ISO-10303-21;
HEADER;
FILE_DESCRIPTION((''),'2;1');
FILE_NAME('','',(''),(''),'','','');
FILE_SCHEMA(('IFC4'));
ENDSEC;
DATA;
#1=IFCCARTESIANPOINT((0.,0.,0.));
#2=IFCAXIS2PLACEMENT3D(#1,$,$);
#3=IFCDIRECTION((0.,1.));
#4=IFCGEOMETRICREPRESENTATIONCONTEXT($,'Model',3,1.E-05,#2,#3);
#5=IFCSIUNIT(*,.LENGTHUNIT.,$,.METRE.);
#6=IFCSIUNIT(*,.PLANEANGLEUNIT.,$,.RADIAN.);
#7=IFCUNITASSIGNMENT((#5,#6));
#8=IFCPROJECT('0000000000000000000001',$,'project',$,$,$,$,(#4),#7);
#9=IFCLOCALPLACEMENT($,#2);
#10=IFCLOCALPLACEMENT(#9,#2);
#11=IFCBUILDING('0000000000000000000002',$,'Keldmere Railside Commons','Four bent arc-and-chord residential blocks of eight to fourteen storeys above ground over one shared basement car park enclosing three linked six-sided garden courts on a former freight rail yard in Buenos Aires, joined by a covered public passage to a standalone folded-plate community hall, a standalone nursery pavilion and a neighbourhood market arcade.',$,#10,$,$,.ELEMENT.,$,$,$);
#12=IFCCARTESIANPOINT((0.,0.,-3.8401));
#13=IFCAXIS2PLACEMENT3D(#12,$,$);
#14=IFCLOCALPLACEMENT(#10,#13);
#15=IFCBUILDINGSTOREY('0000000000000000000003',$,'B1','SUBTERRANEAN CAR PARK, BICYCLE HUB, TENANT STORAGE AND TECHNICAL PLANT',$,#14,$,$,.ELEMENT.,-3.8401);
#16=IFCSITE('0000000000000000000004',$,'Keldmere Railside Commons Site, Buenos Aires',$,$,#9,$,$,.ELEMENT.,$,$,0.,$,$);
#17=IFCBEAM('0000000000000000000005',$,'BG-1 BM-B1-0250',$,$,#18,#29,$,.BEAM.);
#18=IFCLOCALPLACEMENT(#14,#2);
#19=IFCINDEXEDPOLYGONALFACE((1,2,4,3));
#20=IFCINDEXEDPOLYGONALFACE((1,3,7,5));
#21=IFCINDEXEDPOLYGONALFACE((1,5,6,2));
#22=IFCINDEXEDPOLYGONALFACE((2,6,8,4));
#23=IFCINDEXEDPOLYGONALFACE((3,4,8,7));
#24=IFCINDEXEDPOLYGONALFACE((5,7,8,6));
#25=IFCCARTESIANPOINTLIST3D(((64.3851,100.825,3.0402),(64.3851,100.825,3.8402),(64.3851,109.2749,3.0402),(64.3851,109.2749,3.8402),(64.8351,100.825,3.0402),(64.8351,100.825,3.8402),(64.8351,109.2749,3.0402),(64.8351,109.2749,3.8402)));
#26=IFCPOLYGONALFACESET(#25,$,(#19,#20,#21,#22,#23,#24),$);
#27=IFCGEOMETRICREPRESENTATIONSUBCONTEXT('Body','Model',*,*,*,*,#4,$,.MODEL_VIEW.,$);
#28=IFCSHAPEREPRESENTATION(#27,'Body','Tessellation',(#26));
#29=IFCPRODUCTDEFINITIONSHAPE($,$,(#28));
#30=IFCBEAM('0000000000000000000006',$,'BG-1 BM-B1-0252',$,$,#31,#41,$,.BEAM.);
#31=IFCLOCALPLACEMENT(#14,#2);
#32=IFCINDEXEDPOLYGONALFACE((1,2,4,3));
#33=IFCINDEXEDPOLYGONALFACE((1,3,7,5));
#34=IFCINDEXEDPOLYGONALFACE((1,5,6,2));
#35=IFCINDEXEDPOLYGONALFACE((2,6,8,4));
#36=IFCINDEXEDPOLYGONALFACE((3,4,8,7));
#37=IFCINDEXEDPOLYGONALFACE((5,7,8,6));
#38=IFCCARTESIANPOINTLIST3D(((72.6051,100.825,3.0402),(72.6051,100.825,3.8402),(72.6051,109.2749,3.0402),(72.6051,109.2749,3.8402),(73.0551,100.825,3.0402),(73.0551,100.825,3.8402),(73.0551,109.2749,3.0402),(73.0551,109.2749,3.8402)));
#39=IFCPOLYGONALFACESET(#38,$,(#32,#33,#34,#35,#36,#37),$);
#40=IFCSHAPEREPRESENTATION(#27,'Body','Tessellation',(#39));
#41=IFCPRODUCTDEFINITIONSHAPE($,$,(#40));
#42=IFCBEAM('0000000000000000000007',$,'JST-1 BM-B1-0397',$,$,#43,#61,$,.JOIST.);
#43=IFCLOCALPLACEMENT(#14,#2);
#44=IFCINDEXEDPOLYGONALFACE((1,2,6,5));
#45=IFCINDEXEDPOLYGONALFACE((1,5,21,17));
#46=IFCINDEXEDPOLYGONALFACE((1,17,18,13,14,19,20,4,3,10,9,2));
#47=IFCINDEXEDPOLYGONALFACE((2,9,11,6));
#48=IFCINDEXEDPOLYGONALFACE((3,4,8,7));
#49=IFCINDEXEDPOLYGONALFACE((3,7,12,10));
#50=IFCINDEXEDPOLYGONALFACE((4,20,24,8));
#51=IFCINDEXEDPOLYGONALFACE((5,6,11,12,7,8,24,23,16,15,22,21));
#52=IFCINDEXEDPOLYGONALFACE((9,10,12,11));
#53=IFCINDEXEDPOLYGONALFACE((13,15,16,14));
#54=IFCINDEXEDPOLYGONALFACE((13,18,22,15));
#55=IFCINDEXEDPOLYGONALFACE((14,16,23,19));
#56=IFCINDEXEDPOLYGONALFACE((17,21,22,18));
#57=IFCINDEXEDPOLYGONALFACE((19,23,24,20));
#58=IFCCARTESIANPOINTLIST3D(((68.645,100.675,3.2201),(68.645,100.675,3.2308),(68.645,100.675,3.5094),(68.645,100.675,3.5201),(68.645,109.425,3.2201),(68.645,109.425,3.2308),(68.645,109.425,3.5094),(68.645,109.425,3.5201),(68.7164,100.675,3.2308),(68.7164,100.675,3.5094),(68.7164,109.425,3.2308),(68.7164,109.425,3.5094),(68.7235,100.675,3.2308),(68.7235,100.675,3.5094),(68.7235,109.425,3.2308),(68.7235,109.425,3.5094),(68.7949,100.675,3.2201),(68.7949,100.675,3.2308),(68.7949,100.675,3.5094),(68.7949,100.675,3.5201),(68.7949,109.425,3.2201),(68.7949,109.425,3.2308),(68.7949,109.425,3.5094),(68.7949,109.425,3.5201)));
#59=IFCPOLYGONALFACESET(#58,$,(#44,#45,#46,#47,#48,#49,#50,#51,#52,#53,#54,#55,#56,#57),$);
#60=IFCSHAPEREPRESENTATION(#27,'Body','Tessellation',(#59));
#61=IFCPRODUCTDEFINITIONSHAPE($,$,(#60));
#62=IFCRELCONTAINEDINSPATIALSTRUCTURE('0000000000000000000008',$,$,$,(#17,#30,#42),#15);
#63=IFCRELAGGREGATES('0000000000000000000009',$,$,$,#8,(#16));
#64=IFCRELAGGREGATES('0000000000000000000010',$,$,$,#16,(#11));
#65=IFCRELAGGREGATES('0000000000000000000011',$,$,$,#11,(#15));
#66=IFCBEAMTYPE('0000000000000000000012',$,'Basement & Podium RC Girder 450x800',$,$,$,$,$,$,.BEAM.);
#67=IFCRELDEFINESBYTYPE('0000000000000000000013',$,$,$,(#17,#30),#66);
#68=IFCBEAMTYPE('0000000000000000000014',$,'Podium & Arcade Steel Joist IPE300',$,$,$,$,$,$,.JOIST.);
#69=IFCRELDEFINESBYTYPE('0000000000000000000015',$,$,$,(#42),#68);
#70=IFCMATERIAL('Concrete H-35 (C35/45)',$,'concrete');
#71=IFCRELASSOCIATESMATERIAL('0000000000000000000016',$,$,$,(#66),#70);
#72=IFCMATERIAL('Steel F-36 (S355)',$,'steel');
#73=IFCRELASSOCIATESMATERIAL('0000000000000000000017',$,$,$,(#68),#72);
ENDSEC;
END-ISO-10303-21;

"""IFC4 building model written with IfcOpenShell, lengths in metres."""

from ifc_helpers import new_model, si_unit, direction, frame, origin, origin_2d, place, context, subcontext, project, spatial, rectangle, i_section, extrude, material, material_profile, profile_set, type_object, element, save


model = new_model("IFC4")

# Units and contexts
model_context = context("Model", 3, precision=1e-05, world=origin(), true_north=direction((0.0, 1.0)))
body_context = subcontext(model_context, "Body", "Model", "MODEL_VIEW")
ifc_project = project(units=[si_unit("LENGTHUNIT", "METRE"), si_unit("PLANEANGLEUNIT", "RADIAN")], contexts=[model_context])

# Site, building, storey
site_placement = place(None, origin())
site = spatial("IfcSite", under=ifc_project, at=site_placement, Name="Keldmere Railside Commons Site, Buenos Aires", CompositionType="ELEMENT", RefElevation=0.0)
building_placement = place(site_placement, origin())
building = spatial("IfcBuilding", under=site, at=building_placement, Name="Keldmere Railside Commons", Description="Four bent arc-and-chord residential blocks of eight to fourteen storeys above ground over one shared basement car park enclosing three linked six-sided garden courts on a former freight rail yard in Buenos Aires, joined by a covered public passage to a standalone folded-plate community hall, a standalone nursery pavilion and a neighbourhood market arcade.", CompositionType="ELEMENT")
storey_placement = place(building_placement, frame((0.0, 0.0, -3.8401)))
storey = spatial("IfcBuildingStorey", under=building, at=storey_placement, Name="B1", Description="SUBTERRANEAN CAR PARK, BICYCLE HUB, TENANT STORAGE AND TECHNICAL PLANT", CompositionType="ELEMENT", Elevation=-3.8401)

# Beams
ifc_material_1 = material(Name="Concrete H-35 (C35/45)", Category="concrete")
ifc_material_profile_1 = material_profile(ifc_material_1, rectangle(XDim=0.45, YDim=0.8, at=origin_2d()), Name="RC-450x800")
ifc_profile_set_1 = profile_set([ifc_material_profile_1], Name="Concrete H-35 (C35/45)")
beam_type_1 = type_object("IfcBeamType", Name="Basement & Podium RC Girder 450x800", PredefinedType="BEAM", material=ifc_profile_set_1)
for number, where, z_axis, x_axis, name in (
    (1, (64.6101, 100.825, 3.4402), (0.0, 1.0, 0.0), (-1.0, 0.0, 0.0), "BG-1 BM-B1-0250"),
    (2, (72.8301, 100.825, 3.4402), (0.0, 1.0, 0.0), (-1.0, 0.0, 0.0), "BG-1 BM-B1-0252"),
):
    element("IfcBeam", number, at=place(storey_placement, frame(where, z_axis=z_axis, x_axis=x_axis)), inside=storey, type_object=beam_type_1, Name=name, PredefinedType="BEAM", context=body_context, shape_type="SweptSolid", body=[
        extrude(rectangle(XDim=0.45, YDim=0.8, at=origin_2d()), origin(), (0.0, 0.0, 1.0), 8.45),
    ])
ifc_material_2 = material(Name="Steel F-36 (S355)", Category="steel")
ifc_material_profile_2 = material_profile(ifc_material_2, i_section(OverallWidth=0.1499, OverallDepth=0.3, WebThickness=0.0071, FlangeThickness=0.0107, at=origin_2d()), Name="IPE-300")
ifc_profile_set_2 = profile_set([ifc_material_profile_2], Name="Steel F-36 (S355)")
beam_type_2 = type_object("IfcBeamType", Name="Podium & Arcade Steel Joist IPE300", PredefinedType="JOIST", material=ifc_profile_set_2)
beam_placement = place(storey_placement, frame((68.72, 100.675, 3.3701), z_axis=(0.0, 1.0, 0.0), x_axis=(-1.0, 0.0, 0.0)))
element("IfcBeam", 3, at=beam_placement, inside=storey, type_object=beam_type_2, Name="JST-1 BM-B1-0397", PredefinedType="JOIST", context=body_context, shape_type="SweptSolid", body=[
    extrude(i_section(OverallWidth=0.1499, OverallDepth=0.3, WebThickness=0.0071, FlangeThickness=0.0107, at=origin_2d()), origin(), (0.0, 0.0, 1.0), 8.75),
])

save(model, "model.ifc")
